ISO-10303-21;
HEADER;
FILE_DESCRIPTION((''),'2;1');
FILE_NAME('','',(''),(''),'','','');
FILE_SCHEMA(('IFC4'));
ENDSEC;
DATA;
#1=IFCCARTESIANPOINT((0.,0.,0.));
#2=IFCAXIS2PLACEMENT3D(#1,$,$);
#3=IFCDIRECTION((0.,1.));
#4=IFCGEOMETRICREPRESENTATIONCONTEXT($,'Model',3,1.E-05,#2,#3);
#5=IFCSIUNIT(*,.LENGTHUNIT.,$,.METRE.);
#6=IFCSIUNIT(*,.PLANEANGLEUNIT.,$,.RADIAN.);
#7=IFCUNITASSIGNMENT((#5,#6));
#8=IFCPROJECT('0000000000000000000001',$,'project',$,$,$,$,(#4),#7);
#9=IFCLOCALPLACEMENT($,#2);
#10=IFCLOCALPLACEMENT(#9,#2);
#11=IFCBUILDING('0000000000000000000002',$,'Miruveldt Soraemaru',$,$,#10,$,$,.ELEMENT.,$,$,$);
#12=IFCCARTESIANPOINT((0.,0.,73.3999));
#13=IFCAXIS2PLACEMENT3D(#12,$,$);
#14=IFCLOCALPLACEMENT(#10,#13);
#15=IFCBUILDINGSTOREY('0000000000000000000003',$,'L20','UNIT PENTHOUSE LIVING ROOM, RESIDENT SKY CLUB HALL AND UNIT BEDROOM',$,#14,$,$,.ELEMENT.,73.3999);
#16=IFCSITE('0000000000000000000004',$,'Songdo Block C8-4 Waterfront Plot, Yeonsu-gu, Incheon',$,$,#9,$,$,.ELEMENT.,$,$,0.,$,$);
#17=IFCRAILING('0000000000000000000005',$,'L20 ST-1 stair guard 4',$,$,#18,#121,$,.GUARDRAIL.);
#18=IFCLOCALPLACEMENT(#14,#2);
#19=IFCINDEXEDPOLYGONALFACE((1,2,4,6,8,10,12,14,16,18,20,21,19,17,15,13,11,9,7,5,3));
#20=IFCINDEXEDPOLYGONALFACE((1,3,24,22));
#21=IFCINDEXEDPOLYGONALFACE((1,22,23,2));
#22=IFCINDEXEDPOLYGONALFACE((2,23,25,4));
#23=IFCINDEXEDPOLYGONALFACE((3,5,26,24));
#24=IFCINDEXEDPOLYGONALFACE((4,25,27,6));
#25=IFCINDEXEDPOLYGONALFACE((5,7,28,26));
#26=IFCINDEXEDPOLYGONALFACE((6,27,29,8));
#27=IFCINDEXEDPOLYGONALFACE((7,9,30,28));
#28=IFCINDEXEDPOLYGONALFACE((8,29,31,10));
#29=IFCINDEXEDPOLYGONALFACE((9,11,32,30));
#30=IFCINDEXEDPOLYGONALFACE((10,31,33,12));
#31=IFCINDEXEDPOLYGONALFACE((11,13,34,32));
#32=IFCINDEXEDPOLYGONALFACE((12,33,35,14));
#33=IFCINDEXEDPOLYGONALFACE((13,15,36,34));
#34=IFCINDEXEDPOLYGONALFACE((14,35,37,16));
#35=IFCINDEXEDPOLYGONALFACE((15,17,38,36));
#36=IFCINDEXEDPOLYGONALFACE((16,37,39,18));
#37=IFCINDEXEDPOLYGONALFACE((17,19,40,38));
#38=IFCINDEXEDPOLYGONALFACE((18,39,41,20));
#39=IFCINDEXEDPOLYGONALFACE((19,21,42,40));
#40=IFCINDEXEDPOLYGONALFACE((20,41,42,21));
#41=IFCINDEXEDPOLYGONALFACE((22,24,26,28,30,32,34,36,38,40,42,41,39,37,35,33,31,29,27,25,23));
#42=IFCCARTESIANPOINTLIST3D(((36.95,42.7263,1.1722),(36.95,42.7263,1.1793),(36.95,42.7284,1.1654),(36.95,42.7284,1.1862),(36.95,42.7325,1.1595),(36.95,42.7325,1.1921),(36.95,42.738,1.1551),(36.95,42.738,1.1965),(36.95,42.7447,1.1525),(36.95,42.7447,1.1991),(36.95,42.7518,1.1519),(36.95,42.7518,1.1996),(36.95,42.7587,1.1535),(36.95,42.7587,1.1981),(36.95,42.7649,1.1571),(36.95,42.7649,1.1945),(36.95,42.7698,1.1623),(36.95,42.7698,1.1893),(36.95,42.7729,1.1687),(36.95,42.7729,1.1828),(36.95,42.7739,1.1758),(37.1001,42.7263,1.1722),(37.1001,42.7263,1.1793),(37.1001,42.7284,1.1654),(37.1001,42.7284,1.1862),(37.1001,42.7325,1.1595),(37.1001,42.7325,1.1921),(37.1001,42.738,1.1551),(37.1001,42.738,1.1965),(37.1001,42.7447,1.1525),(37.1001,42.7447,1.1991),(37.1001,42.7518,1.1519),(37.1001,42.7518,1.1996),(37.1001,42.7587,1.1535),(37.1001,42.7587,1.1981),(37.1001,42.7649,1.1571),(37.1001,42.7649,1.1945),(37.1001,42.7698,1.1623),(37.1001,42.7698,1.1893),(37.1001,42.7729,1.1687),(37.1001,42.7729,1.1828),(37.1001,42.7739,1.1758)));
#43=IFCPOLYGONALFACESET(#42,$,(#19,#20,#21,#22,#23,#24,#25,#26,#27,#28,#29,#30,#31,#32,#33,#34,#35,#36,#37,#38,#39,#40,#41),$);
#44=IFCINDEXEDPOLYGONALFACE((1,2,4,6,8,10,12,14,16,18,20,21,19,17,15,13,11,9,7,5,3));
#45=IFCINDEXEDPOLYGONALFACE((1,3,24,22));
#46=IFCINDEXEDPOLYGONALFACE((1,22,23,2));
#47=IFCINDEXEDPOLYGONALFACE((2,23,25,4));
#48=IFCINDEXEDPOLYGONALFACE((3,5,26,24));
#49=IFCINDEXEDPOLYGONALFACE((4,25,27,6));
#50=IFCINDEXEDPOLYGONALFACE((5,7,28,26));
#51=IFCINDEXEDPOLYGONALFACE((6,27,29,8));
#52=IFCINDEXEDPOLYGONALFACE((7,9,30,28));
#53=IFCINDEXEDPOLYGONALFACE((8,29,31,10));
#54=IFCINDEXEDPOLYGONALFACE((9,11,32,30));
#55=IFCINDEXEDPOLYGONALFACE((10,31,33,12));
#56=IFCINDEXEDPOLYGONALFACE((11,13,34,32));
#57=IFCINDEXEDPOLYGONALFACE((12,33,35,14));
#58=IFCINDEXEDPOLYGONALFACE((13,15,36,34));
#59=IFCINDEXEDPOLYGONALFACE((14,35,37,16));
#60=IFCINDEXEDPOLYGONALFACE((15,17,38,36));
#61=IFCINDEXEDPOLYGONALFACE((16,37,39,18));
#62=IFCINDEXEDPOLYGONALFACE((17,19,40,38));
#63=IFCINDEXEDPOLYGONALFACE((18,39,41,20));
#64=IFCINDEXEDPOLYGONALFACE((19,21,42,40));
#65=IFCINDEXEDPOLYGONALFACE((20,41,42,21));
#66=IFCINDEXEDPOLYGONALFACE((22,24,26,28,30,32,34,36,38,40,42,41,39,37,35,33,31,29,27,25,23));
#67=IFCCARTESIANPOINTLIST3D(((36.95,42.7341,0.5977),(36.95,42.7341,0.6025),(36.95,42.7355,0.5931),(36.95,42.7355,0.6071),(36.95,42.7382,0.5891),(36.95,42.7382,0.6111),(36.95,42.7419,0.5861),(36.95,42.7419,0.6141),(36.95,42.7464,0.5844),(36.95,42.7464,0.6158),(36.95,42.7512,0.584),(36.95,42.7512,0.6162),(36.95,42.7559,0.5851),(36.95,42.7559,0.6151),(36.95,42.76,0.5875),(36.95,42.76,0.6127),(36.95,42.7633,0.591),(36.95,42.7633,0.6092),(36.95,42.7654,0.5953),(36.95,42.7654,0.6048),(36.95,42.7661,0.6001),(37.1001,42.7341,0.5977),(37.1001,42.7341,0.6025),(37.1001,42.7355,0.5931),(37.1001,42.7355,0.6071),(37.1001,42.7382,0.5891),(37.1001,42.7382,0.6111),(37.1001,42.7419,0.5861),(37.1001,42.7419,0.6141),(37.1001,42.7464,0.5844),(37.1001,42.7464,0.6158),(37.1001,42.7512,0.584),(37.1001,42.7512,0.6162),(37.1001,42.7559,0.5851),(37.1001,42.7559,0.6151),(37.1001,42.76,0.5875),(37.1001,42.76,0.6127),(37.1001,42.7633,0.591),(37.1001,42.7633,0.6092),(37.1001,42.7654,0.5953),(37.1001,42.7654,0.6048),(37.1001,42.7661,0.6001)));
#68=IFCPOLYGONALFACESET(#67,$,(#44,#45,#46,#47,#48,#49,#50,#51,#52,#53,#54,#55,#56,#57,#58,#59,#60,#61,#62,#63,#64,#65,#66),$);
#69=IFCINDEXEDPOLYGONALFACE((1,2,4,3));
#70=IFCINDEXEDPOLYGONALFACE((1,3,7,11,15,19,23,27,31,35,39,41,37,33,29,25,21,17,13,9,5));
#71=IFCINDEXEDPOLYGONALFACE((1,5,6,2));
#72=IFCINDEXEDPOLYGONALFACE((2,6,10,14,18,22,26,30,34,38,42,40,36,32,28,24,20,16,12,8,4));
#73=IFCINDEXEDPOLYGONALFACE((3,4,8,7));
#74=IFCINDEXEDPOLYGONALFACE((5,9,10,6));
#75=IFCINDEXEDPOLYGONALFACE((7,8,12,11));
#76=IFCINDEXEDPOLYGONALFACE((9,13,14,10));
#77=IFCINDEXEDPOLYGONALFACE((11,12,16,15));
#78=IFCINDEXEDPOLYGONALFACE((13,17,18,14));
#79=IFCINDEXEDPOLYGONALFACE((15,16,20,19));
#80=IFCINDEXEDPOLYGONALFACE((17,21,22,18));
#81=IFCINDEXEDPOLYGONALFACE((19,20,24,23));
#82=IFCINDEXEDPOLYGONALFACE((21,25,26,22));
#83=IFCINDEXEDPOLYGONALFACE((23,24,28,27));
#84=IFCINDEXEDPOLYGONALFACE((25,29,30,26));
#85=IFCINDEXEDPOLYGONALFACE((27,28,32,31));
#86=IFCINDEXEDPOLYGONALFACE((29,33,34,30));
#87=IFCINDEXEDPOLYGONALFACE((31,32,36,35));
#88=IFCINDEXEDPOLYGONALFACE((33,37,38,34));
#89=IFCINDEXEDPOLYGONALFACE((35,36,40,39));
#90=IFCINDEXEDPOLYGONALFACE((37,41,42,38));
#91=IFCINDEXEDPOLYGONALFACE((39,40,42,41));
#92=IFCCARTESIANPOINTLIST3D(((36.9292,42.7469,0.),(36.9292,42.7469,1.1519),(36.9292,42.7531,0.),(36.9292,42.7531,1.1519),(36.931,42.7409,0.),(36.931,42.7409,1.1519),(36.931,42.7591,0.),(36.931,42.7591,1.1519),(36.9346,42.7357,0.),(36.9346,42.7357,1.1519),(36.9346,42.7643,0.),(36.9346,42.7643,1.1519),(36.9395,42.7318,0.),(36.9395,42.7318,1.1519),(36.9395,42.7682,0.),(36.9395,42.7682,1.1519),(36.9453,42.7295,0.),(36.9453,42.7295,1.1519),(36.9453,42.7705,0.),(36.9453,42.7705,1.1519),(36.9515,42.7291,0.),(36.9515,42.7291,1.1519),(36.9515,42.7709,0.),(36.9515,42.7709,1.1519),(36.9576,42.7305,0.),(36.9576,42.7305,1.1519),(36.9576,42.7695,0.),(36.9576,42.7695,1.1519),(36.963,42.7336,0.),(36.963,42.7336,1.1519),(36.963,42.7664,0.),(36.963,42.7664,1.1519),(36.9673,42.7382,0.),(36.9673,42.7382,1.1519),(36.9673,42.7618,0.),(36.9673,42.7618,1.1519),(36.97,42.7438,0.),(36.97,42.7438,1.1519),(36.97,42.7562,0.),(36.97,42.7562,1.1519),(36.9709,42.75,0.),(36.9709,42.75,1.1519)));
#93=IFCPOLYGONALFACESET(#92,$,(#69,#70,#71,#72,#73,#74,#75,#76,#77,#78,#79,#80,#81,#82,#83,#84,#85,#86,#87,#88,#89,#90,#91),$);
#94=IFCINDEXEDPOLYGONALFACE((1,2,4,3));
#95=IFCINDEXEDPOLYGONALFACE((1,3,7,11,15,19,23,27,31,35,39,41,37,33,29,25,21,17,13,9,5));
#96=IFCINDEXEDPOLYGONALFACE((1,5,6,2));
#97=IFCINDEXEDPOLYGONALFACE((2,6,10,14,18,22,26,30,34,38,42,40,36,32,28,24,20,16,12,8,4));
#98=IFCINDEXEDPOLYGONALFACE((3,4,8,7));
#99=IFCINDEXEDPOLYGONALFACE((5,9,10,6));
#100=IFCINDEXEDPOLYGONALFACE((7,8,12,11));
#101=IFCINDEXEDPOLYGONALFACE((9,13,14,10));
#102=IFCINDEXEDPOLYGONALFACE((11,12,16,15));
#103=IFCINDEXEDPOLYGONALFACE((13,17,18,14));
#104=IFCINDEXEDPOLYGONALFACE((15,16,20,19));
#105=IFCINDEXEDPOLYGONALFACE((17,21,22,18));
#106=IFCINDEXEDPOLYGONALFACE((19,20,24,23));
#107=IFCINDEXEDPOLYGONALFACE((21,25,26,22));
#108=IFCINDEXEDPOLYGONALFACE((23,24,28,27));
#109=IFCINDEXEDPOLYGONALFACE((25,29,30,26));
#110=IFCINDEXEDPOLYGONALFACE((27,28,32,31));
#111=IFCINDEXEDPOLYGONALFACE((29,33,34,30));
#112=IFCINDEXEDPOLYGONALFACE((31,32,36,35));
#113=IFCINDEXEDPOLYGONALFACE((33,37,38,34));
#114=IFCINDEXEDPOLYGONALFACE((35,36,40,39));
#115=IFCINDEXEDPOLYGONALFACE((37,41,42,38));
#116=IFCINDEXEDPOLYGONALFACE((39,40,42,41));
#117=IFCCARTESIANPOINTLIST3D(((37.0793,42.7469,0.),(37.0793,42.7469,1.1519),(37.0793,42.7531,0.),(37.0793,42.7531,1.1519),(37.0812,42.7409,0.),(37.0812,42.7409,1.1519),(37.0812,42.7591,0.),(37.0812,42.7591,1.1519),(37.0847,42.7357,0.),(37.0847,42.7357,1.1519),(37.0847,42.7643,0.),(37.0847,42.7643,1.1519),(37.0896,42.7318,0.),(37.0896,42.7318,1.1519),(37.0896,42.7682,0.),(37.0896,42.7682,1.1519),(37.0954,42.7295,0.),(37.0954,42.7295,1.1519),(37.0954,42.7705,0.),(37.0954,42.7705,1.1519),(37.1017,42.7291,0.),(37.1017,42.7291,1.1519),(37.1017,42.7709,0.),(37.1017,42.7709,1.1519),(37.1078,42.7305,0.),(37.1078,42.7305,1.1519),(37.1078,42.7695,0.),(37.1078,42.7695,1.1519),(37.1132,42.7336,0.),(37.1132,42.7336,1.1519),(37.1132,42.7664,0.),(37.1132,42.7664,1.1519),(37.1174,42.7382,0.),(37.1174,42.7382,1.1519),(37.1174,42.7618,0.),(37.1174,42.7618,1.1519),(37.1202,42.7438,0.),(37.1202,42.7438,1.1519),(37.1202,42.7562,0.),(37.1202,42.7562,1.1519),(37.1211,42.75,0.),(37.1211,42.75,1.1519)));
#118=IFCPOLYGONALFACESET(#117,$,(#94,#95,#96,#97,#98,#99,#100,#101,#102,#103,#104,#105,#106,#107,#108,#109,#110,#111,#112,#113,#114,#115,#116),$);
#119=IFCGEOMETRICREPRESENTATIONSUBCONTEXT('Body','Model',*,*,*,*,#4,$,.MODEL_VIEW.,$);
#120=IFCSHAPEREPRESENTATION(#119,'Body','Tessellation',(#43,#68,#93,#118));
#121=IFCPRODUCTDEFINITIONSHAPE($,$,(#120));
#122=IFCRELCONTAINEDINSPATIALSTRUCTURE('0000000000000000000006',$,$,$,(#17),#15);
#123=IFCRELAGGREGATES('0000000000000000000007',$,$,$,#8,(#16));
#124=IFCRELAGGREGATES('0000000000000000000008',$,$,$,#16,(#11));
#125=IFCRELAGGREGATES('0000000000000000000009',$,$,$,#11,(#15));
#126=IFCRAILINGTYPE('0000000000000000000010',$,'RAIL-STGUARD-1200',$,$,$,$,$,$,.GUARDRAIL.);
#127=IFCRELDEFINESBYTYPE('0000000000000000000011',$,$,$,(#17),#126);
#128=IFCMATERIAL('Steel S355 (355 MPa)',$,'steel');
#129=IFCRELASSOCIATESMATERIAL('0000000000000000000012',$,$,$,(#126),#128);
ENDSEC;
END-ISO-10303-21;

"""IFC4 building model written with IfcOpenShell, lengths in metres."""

from ifc_helpers import new_model, si_unit, direction, frame, origin, origin_2d, place, context, subcontext, project, spatial, circle, extrude, material, type_object, element, save


model = new_model("IFC4")

# Units and contexts
model_context = context("Model", 3, precision=1e-05, world=origin(), true_north=direction((0.0, 1.0)))
body_context = subcontext(model_context, "Body", "Model", "MODEL_VIEW")
ifc_project = project(units=[si_unit("LENGTHUNIT", "METRE"), si_unit("PLANEANGLEUNIT", "RADIAN")], contexts=[model_context])

# Site, building, storey
site_placement = place(None, origin())
site = spatial("IfcSite", under=ifc_project, at=site_placement, Name="Songdo Block C8-4 Waterfront Plot, Yeonsu-gu, Incheon", CompositionType="ELEMENT", RefElevation=0.0)
building_placement = place(site_placement, origin())
building = spatial("IfcBuilding", under=site, at=building_placement, Name="Miruveldt Soraemaru", CompositionType="ELEMENT")
storey_placement = place(building_placement, frame((0.0, 0.0, 73.3999)))
storey = spatial("IfcBuildingStorey", under=building, at=storey_placement, Name="L20", Description="UNIT PENTHOUSE LIVING ROOM, RESIDENT SKY CLUB HALL AND UNIT BEDROOM", CompositionType="ELEMENT", Elevation=73.3999)

# Railing
ifc_material_1 = material(Name="Steel S355 (355 MPa)", Category="steel")
railing_type_1 = type_object("IfcRailingType", Name="RAIL-STGUARD-1200", PredefinedType="GUARDRAIL", material=ifc_material_1)
railing_1_placement = place(storey_placement, frame((36.95, 42.75, 0.0)))
element("IfcRailing", 1, at=railing_1_placement, inside=storey, type_object=railing_type_1, Name="L20 ST-1 stair guard 4", PredefinedType="GUARDRAIL", context=body_context, shape_type="SweptSolid", body=[
    extrude(circle(Radius=0.0239, at=origin_2d()), frame((0.0, 0.0, 1.1758), z_axis=(1.0, 0.0, 0.0), x_axis=(0.0, 1.0, 0.0)), (0.0, 0.0, 1.0), 0.1501),
    extrude(circle(Radius=0.0161, at=origin_2d()), frame((0.0, 0.0, 0.6001), z_axis=(1.0, 0.0, 0.0), x_axis=(0.0, 1.0, 0.0)), (0.0, 0.0, 1.0), 0.1501),
    extrude(circle(Radius=0.021, at=origin_2d()), origin(), (0.0, 0.0, 1.0), 1.1519),
    extrude(circle(Radius=0.021, at=origin_2d()), frame((0.1501, 0.0, 0.0)), (0.0, 0.0, 1.0), 1.1519),
])

save(model, "model.ifc")
